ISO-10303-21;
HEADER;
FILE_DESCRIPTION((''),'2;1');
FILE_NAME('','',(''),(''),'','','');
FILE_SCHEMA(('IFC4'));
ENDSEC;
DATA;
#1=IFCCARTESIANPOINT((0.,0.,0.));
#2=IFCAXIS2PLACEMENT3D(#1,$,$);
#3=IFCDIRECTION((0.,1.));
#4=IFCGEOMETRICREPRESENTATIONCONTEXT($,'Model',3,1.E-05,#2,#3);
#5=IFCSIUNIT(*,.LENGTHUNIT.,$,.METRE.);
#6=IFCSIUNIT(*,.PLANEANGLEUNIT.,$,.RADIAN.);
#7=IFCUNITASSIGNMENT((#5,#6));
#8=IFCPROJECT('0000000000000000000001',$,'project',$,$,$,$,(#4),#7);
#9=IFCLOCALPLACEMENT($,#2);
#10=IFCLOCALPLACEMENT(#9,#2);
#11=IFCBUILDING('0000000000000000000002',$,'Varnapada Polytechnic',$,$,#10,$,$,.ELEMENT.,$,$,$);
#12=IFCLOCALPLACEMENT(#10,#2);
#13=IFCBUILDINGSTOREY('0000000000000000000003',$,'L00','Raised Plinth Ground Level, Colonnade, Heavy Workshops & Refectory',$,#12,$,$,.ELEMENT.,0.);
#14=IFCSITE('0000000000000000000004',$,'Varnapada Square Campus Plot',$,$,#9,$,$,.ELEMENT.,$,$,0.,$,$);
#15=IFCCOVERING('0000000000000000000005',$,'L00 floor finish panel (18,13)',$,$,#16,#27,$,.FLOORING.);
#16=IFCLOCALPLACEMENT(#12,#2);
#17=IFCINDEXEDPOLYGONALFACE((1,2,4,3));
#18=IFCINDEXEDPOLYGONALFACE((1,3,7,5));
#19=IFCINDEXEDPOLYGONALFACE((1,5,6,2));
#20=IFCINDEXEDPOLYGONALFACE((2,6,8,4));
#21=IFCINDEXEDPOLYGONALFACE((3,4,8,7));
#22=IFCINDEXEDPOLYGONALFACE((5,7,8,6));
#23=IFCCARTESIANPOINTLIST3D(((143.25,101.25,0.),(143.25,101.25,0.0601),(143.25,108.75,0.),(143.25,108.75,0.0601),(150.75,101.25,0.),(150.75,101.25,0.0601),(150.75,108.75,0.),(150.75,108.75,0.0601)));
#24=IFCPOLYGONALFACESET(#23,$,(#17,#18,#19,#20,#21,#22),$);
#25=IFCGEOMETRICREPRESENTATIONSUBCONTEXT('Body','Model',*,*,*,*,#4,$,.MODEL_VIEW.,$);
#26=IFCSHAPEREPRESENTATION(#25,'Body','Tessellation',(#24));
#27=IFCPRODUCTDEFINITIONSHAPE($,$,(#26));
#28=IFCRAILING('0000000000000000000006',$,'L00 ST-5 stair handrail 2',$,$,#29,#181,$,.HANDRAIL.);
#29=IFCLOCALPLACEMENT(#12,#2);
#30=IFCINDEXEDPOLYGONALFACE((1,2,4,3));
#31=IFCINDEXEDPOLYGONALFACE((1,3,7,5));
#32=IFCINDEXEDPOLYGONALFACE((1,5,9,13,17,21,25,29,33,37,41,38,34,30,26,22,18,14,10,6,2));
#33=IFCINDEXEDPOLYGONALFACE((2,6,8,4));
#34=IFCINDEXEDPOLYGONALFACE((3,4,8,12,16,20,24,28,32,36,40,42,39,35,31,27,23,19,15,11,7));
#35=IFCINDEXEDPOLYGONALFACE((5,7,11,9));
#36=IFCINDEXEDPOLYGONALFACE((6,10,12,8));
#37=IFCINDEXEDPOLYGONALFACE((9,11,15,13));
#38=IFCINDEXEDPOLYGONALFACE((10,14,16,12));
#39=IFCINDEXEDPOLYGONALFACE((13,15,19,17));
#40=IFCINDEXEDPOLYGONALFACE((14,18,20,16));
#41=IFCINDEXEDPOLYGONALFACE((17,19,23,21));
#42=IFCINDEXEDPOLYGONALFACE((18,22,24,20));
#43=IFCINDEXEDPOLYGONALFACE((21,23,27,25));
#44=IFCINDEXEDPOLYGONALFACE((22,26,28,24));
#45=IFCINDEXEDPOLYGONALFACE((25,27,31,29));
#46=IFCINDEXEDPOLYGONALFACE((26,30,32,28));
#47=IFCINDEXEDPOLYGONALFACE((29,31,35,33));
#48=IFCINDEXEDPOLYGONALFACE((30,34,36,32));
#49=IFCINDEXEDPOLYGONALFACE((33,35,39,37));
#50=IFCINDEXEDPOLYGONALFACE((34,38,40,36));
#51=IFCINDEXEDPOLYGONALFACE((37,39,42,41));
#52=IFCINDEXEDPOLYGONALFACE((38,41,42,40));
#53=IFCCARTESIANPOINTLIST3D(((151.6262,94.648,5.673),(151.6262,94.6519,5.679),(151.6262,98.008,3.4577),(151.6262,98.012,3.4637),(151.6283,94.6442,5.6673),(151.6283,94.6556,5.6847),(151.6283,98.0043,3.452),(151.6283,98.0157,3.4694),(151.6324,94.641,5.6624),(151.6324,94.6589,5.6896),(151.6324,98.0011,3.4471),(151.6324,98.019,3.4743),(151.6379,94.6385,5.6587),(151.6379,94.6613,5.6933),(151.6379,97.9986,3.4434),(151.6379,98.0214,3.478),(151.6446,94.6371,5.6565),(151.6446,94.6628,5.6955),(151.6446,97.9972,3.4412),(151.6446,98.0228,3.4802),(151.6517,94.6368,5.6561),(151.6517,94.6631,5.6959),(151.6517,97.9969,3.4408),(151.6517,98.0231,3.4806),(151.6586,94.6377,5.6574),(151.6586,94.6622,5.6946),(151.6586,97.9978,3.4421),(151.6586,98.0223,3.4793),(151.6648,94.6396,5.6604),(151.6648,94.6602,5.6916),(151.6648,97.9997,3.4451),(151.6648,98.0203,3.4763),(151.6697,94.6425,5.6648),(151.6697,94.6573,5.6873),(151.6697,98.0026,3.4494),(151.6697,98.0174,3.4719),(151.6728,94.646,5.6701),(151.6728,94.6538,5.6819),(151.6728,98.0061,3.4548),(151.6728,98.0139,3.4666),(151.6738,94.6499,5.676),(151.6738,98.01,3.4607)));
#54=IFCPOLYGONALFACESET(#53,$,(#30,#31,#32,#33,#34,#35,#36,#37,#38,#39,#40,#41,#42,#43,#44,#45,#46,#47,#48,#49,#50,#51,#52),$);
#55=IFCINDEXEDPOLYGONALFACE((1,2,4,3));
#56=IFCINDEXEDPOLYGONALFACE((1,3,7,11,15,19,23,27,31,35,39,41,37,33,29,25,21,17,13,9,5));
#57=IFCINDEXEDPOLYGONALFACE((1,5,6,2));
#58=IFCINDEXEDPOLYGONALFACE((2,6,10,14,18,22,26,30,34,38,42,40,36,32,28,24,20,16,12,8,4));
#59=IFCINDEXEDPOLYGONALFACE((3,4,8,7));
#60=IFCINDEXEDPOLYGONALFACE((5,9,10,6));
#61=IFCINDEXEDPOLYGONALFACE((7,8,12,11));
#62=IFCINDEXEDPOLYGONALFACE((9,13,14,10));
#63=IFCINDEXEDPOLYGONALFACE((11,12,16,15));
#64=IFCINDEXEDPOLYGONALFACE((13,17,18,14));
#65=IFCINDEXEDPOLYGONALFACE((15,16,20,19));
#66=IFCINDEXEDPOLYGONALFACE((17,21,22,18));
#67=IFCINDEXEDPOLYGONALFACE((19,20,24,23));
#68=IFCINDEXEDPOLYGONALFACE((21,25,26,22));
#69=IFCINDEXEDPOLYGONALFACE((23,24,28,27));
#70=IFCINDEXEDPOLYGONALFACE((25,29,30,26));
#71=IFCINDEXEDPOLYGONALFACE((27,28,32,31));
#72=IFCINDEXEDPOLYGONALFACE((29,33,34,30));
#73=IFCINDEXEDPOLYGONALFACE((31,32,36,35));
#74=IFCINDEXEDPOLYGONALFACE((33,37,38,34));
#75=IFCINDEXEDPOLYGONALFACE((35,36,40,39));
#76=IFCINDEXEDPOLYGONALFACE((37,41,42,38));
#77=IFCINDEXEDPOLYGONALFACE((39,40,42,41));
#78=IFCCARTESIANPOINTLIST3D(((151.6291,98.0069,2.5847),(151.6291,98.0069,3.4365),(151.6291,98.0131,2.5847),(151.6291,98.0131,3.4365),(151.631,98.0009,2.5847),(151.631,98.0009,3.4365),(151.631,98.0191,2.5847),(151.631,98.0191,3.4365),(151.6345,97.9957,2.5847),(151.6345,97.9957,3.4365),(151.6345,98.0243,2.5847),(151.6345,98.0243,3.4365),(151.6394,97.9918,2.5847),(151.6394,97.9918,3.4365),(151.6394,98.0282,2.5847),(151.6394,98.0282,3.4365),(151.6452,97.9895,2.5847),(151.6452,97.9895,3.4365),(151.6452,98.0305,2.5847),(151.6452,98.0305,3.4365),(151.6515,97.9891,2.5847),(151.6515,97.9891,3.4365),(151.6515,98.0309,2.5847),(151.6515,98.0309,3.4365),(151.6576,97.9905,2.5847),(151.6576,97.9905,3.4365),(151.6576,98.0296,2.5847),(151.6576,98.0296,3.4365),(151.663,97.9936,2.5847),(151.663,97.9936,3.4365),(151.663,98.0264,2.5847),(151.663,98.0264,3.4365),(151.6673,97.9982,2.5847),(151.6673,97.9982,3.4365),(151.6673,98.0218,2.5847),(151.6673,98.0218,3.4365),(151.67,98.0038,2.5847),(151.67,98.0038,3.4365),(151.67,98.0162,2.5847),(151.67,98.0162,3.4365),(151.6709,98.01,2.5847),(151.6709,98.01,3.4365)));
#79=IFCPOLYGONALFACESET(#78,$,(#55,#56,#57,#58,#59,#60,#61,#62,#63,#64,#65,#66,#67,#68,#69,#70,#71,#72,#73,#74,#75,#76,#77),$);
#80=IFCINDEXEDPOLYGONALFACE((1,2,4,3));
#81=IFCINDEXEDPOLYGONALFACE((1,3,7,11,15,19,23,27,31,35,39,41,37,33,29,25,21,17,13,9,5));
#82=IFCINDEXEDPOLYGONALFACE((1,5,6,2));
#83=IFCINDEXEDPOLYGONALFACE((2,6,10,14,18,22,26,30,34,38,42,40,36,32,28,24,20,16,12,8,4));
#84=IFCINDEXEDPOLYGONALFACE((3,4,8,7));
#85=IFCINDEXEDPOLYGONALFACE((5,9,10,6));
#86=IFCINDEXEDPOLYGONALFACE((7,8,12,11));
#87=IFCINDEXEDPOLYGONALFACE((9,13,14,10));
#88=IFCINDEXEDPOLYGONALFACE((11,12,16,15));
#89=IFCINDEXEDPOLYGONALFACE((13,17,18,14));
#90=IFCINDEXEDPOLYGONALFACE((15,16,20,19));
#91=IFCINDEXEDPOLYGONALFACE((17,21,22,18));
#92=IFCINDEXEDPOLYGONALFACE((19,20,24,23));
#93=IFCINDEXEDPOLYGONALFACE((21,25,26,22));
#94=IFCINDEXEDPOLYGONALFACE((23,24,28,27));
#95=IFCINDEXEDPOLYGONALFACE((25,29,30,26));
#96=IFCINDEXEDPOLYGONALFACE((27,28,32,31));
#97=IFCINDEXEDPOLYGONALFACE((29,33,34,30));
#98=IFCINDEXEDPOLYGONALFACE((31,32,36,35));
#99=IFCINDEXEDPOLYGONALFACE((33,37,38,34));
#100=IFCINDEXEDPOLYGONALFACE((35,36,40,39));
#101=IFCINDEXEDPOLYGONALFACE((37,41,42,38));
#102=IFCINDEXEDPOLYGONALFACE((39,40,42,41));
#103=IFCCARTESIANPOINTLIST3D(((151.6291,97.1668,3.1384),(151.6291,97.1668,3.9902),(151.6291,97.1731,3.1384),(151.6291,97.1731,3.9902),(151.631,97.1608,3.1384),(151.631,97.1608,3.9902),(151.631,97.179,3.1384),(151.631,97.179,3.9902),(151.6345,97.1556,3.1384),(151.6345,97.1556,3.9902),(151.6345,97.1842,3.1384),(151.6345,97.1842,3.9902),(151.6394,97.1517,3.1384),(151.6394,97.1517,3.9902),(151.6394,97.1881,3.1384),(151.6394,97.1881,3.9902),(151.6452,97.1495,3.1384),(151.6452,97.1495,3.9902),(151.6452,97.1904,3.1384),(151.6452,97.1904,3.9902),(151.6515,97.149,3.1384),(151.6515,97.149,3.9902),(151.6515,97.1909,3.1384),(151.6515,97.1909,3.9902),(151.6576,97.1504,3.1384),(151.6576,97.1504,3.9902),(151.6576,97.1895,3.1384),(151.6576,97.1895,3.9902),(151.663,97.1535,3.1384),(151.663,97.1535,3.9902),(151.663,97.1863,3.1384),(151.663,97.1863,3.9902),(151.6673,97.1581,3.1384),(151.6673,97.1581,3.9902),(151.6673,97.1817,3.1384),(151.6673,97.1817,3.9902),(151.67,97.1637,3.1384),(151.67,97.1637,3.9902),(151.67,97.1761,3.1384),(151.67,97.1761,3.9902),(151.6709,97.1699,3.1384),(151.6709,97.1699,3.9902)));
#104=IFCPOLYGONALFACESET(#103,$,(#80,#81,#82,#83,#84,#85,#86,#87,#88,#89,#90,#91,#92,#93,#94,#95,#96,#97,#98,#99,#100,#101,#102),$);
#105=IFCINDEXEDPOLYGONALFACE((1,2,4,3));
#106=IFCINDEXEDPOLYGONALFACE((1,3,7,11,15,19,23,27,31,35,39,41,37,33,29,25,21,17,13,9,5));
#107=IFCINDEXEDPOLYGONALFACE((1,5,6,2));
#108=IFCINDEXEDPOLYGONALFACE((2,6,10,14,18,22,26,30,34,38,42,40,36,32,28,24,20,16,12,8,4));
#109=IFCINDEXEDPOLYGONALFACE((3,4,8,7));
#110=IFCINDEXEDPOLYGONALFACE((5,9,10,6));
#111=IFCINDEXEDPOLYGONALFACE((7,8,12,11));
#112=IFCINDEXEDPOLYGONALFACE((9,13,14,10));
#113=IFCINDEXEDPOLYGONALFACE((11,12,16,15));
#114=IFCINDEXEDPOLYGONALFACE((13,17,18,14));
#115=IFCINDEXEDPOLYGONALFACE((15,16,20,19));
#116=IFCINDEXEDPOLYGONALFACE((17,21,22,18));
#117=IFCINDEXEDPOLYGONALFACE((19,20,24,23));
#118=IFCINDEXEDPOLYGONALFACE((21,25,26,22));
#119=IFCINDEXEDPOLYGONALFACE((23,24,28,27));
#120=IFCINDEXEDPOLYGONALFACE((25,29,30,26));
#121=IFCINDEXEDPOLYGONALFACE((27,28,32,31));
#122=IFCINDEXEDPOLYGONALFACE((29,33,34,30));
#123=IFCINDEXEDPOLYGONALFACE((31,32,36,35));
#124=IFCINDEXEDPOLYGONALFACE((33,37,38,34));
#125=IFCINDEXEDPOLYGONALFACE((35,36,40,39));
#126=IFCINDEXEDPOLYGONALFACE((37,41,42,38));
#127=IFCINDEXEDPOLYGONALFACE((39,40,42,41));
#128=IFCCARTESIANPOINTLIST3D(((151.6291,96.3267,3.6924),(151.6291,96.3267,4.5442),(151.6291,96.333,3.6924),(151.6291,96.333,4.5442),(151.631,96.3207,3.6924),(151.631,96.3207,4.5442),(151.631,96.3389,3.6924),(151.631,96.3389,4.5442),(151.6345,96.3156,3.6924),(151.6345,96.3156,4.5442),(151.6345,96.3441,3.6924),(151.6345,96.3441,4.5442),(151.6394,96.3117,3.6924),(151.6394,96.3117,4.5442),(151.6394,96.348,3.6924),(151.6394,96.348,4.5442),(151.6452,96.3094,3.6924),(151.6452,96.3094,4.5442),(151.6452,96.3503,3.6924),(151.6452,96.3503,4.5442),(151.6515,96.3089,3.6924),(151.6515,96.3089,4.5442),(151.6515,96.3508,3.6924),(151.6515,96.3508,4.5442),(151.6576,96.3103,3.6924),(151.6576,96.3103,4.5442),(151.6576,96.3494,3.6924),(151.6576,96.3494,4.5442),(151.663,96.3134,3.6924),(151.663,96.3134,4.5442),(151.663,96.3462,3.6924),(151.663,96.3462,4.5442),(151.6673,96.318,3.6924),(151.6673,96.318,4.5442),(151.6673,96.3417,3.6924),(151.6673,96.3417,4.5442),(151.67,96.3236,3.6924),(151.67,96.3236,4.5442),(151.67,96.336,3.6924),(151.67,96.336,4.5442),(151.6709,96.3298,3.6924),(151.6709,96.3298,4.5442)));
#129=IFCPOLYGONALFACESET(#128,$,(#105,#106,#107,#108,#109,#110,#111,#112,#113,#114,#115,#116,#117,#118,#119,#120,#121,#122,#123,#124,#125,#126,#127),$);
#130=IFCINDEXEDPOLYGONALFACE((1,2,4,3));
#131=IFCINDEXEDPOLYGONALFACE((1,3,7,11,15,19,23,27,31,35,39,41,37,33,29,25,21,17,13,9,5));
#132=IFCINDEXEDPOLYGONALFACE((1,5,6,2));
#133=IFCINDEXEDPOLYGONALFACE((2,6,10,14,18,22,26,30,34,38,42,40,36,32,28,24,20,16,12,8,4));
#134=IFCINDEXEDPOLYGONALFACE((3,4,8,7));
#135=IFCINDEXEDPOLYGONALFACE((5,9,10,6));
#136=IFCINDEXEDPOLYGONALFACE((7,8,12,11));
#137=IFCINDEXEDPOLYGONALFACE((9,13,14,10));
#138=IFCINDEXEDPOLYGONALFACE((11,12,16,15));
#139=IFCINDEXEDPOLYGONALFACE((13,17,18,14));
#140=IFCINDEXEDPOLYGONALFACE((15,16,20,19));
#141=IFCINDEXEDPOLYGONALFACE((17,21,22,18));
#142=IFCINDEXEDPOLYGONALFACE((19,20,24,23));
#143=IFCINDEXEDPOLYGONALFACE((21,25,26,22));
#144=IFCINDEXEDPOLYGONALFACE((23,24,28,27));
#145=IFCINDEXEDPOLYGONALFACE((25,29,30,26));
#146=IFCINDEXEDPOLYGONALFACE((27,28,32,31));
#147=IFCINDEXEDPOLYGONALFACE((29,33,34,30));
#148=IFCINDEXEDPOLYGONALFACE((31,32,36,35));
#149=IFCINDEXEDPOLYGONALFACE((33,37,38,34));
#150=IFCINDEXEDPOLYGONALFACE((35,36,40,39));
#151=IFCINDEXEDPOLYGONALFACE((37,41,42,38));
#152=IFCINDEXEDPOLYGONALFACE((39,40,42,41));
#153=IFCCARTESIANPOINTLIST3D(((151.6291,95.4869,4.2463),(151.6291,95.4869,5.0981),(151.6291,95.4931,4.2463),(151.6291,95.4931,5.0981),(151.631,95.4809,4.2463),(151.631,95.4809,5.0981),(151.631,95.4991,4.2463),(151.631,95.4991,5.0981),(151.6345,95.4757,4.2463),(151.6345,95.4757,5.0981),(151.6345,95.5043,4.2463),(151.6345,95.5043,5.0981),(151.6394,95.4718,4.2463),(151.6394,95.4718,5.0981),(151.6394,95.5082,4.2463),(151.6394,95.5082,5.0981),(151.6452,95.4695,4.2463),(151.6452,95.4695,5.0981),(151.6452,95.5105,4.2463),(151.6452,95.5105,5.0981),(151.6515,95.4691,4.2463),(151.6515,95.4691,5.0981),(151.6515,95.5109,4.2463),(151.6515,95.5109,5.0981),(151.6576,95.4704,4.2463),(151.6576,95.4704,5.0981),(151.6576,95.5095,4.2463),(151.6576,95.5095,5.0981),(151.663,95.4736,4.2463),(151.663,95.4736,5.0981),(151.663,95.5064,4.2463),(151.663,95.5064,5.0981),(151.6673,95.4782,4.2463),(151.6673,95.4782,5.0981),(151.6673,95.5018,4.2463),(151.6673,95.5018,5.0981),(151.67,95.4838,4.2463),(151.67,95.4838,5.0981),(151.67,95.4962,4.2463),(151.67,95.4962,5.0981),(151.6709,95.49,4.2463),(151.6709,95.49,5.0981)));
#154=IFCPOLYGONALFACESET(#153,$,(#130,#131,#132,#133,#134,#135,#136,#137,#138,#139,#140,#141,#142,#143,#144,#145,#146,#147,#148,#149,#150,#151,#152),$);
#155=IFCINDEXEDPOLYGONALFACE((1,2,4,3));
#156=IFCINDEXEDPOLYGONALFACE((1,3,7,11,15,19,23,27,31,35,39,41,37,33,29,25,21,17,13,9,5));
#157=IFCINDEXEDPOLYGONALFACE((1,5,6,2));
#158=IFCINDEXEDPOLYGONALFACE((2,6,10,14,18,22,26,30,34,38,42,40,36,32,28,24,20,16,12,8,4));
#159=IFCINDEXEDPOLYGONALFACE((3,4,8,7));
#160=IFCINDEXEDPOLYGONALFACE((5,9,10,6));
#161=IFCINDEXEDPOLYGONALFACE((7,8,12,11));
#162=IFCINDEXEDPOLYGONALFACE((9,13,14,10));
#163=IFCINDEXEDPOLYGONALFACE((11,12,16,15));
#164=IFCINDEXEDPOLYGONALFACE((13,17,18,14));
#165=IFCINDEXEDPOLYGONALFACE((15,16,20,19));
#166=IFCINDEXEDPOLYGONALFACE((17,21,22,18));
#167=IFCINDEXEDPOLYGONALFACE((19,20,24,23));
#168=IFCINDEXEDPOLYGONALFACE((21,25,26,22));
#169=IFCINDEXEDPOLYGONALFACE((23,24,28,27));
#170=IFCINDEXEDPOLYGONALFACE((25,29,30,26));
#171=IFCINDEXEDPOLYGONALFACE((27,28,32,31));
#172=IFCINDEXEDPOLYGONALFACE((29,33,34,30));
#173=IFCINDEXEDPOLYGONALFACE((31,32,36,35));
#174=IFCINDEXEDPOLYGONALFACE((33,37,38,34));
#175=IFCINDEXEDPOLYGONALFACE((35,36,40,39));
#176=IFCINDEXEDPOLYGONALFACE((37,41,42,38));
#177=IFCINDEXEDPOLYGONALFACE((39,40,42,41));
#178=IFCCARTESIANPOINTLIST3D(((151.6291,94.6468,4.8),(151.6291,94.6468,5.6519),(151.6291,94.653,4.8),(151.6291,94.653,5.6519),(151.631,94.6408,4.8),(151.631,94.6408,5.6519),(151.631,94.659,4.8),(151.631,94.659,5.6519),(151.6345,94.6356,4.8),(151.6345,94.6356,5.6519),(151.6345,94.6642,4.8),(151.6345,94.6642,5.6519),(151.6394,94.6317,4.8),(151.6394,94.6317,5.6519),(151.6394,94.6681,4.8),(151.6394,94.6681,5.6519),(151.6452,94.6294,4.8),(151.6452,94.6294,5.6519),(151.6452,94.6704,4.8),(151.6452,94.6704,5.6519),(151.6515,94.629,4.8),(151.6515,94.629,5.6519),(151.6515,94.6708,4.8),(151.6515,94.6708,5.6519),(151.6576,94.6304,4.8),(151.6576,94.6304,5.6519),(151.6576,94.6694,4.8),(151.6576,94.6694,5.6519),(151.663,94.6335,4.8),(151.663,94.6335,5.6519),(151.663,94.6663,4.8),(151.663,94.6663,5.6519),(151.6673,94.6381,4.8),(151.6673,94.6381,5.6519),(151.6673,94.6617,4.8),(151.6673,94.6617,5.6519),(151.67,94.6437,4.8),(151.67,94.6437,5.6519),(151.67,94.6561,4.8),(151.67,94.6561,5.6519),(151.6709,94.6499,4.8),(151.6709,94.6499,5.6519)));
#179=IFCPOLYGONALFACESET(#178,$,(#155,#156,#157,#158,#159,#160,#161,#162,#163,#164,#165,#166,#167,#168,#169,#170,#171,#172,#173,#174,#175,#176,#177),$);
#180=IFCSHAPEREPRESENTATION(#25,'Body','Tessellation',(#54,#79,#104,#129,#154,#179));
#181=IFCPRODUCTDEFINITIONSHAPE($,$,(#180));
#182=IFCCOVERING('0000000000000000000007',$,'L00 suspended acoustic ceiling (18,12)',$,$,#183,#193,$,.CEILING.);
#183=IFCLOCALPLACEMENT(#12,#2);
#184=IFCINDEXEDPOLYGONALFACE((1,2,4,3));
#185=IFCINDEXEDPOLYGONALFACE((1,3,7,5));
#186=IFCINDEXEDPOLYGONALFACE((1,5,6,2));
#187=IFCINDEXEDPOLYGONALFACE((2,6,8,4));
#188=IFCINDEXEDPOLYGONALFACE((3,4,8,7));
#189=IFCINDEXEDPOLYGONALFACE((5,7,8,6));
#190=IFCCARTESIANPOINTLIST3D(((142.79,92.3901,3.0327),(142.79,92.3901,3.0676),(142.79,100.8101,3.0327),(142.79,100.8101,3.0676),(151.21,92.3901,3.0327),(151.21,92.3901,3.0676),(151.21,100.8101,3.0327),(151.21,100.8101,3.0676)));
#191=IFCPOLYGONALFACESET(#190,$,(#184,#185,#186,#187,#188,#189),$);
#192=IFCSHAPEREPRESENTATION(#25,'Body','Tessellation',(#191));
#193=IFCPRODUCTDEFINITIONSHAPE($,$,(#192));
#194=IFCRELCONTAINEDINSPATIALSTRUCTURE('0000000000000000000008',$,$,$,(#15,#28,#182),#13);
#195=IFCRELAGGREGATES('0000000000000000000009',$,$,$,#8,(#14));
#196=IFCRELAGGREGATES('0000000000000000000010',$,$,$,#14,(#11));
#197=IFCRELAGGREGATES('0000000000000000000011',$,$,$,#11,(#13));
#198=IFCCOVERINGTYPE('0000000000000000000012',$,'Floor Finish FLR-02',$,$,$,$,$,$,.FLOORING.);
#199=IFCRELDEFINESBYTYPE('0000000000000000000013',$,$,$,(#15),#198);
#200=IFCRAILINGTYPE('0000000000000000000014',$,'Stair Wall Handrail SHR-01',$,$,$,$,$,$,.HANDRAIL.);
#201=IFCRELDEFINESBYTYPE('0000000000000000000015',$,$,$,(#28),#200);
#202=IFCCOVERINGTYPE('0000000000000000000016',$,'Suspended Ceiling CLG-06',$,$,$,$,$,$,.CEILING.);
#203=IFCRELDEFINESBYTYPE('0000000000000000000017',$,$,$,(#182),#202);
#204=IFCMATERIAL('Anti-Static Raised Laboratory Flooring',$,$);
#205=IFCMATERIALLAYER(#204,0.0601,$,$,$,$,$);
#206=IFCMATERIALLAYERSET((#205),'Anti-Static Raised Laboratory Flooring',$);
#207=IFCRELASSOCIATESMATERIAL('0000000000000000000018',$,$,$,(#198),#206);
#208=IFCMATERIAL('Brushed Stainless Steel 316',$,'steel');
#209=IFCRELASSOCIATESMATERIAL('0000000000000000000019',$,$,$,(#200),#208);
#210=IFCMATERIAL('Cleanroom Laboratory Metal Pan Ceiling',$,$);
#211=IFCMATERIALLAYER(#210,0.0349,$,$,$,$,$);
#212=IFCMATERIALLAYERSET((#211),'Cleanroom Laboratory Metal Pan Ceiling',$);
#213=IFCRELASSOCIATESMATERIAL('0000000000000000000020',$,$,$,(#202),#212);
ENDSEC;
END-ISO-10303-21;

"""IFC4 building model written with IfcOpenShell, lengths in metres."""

from ifc_helpers import new_model, si_unit, direction, frame, origin, origin_2d, place, context, subcontext, project, spatial, rectangle, circle, extrude, material, layer, layer_set, type_object, element, save


model = new_model("IFC4")

# Units and contexts
model_context = context("Model", 3, precision=1e-05, world=origin(), true_north=direction((0.0, 1.0)))
body_context = subcontext(model_context, "Body", "Model", "MODEL_VIEW")
ifc_project = project(units=[si_unit("LENGTHUNIT", "METRE"), si_unit("PLANEANGLEUNIT", "RADIAN")], contexts=[model_context])

# Site, building, storey
site_placement = place(None, origin())
site = spatial("IfcSite", under=ifc_project, at=site_placement, Name="Varnapada Square Campus Plot", CompositionType="ELEMENT", RefElevation=0.0)
building_placement = place(site_placement, origin())
building = spatial("IfcBuilding", under=site, at=building_placement, Name="Varnapada Polytechnic", CompositionType="ELEMENT")
storey_placement = place(building_placement, origin())
storey = spatial("IfcBuildingStorey", under=building, at=storey_placement, Name="L00", Description="Raised Plinth Ground Level, Colonnade, Heavy Workshops & Refectory", CompositionType="ELEMENT", Elevation=0.0)

# Covering
ifc_material_1 = material(Name="Anti-Static Raised Laboratory Flooring")
ifc_layer_1 = layer(ifc_material_1, 0.0601)
ifc_layer_set_1 = layer_set([ifc_layer_1], Name="Anti-Static Raised Laboratory Flooring")
covering_type_1 = type_object("IfcCoveringType", Name="Floor Finish FLR-02", PredefinedType="FLOORING", material=ifc_layer_set_1)
covering_1_placement = place(storey_placement, frame((147.0, 105.0, 0.0), z_axis=(0.0, 0.0, 1.0), x_axis=(1.0, 0.0, 0.0)))
element("IfcCovering", 1, at=covering_1_placement, inside=storey, type_object=covering_type_1, Name="L00 floor finish panel (18,13)", PredefinedType="FLOORING", context=body_context, shape_type="SweptSolid", body=[
    extrude(rectangle(XDim=7.5, YDim=7.5, at=origin_2d()), origin(), (0.0, 0.0, 1.0), 0.0601),
])

# Railing
ifc_material_2 = material(Name="Brushed Stainless Steel 316", Category="steel")
railing_type = type_object("IfcRailingType", Name="Stair Wall Handrail SHR-01", PredefinedType="HANDRAIL", material=ifc_material_2)
railing_placement = place(storey_placement, frame((151.6499, 98.01, 2.5847)))
element("IfcRailing", 2, at=railing_placement, inside=storey, type_object=railing_type, Name="L00 ST-5 stair handrail 2", PredefinedType="HANDRAIL", context=body_context, shape_type="SweptSolid", body=[
    extrude(circle(Radius=0.0239, at=origin_2d()), frame((0.0, 0.0, 0.876), z_axis=(0.0, -0.834876, 0.550437), x_axis=(1.0, 0.0, 0.0)), (0.0, 0.0, 1.0), 4.0247),
    extrude(circle(Radius=0.021, at=origin_2d()), origin(), (0.0, 0.0, 1.0), 0.8518),
    extrude(circle(Radius=0.021, at=origin_2d()), frame((0.0, -0.8401, 0.5537)), (0.0, 0.0, 1.0), 0.8518),
    extrude(circle(Radius=0.021, at=origin_2d()), frame((0.0, -1.6802, 1.1077)), (0.0, 0.0, 1.0), 0.8518),
    extrude(circle(Radius=0.021, at=origin_2d()), frame((0.0, -2.52, 1.6616)), (0.0, 0.0, 1.0), 0.8518),
    extrude(circle(Radius=0.021, at=origin_2d()), frame((0.0, -3.3601, 2.2153)), (0.0, 0.0, 1.0), 0.8518),
])

# Covering
ifc_material_3 = material(Name="Cleanroom Laboratory Metal Pan Ceiling")
ifc_layer_2 = layer(ifc_material_3, 0.0349)
ifc_layer_set_2 = layer_set([ifc_layer_2], Name="Cleanroom Laboratory Metal Pan Ceiling")
covering_type_2 = type_object("IfcCoveringType", Name="Suspended Ceiling CLG-06", PredefinedType="CEILING", material=ifc_layer_set_2)
covering_2_placement = place(storey_placement, frame((147.0, 96.6001, 3.0327), z_axis=(0.0, 0.0, 1.0), x_axis=(1.0, 0.0, 0.0)))
element("IfcCovering", 3, at=covering_2_placement, inside=storey, type_object=covering_type_2, Name="L00 suspended acoustic ceiling (18,12)", PredefinedType="CEILING", context=body_context, shape_type="SweptSolid", body=[
    extrude(rectangle(XDim=8.4199, YDim=8.4199, at=origin_2d()), origin(), (0.0, 0.0, 1.0), 0.0349),
])

save(model, "model.ifc")
